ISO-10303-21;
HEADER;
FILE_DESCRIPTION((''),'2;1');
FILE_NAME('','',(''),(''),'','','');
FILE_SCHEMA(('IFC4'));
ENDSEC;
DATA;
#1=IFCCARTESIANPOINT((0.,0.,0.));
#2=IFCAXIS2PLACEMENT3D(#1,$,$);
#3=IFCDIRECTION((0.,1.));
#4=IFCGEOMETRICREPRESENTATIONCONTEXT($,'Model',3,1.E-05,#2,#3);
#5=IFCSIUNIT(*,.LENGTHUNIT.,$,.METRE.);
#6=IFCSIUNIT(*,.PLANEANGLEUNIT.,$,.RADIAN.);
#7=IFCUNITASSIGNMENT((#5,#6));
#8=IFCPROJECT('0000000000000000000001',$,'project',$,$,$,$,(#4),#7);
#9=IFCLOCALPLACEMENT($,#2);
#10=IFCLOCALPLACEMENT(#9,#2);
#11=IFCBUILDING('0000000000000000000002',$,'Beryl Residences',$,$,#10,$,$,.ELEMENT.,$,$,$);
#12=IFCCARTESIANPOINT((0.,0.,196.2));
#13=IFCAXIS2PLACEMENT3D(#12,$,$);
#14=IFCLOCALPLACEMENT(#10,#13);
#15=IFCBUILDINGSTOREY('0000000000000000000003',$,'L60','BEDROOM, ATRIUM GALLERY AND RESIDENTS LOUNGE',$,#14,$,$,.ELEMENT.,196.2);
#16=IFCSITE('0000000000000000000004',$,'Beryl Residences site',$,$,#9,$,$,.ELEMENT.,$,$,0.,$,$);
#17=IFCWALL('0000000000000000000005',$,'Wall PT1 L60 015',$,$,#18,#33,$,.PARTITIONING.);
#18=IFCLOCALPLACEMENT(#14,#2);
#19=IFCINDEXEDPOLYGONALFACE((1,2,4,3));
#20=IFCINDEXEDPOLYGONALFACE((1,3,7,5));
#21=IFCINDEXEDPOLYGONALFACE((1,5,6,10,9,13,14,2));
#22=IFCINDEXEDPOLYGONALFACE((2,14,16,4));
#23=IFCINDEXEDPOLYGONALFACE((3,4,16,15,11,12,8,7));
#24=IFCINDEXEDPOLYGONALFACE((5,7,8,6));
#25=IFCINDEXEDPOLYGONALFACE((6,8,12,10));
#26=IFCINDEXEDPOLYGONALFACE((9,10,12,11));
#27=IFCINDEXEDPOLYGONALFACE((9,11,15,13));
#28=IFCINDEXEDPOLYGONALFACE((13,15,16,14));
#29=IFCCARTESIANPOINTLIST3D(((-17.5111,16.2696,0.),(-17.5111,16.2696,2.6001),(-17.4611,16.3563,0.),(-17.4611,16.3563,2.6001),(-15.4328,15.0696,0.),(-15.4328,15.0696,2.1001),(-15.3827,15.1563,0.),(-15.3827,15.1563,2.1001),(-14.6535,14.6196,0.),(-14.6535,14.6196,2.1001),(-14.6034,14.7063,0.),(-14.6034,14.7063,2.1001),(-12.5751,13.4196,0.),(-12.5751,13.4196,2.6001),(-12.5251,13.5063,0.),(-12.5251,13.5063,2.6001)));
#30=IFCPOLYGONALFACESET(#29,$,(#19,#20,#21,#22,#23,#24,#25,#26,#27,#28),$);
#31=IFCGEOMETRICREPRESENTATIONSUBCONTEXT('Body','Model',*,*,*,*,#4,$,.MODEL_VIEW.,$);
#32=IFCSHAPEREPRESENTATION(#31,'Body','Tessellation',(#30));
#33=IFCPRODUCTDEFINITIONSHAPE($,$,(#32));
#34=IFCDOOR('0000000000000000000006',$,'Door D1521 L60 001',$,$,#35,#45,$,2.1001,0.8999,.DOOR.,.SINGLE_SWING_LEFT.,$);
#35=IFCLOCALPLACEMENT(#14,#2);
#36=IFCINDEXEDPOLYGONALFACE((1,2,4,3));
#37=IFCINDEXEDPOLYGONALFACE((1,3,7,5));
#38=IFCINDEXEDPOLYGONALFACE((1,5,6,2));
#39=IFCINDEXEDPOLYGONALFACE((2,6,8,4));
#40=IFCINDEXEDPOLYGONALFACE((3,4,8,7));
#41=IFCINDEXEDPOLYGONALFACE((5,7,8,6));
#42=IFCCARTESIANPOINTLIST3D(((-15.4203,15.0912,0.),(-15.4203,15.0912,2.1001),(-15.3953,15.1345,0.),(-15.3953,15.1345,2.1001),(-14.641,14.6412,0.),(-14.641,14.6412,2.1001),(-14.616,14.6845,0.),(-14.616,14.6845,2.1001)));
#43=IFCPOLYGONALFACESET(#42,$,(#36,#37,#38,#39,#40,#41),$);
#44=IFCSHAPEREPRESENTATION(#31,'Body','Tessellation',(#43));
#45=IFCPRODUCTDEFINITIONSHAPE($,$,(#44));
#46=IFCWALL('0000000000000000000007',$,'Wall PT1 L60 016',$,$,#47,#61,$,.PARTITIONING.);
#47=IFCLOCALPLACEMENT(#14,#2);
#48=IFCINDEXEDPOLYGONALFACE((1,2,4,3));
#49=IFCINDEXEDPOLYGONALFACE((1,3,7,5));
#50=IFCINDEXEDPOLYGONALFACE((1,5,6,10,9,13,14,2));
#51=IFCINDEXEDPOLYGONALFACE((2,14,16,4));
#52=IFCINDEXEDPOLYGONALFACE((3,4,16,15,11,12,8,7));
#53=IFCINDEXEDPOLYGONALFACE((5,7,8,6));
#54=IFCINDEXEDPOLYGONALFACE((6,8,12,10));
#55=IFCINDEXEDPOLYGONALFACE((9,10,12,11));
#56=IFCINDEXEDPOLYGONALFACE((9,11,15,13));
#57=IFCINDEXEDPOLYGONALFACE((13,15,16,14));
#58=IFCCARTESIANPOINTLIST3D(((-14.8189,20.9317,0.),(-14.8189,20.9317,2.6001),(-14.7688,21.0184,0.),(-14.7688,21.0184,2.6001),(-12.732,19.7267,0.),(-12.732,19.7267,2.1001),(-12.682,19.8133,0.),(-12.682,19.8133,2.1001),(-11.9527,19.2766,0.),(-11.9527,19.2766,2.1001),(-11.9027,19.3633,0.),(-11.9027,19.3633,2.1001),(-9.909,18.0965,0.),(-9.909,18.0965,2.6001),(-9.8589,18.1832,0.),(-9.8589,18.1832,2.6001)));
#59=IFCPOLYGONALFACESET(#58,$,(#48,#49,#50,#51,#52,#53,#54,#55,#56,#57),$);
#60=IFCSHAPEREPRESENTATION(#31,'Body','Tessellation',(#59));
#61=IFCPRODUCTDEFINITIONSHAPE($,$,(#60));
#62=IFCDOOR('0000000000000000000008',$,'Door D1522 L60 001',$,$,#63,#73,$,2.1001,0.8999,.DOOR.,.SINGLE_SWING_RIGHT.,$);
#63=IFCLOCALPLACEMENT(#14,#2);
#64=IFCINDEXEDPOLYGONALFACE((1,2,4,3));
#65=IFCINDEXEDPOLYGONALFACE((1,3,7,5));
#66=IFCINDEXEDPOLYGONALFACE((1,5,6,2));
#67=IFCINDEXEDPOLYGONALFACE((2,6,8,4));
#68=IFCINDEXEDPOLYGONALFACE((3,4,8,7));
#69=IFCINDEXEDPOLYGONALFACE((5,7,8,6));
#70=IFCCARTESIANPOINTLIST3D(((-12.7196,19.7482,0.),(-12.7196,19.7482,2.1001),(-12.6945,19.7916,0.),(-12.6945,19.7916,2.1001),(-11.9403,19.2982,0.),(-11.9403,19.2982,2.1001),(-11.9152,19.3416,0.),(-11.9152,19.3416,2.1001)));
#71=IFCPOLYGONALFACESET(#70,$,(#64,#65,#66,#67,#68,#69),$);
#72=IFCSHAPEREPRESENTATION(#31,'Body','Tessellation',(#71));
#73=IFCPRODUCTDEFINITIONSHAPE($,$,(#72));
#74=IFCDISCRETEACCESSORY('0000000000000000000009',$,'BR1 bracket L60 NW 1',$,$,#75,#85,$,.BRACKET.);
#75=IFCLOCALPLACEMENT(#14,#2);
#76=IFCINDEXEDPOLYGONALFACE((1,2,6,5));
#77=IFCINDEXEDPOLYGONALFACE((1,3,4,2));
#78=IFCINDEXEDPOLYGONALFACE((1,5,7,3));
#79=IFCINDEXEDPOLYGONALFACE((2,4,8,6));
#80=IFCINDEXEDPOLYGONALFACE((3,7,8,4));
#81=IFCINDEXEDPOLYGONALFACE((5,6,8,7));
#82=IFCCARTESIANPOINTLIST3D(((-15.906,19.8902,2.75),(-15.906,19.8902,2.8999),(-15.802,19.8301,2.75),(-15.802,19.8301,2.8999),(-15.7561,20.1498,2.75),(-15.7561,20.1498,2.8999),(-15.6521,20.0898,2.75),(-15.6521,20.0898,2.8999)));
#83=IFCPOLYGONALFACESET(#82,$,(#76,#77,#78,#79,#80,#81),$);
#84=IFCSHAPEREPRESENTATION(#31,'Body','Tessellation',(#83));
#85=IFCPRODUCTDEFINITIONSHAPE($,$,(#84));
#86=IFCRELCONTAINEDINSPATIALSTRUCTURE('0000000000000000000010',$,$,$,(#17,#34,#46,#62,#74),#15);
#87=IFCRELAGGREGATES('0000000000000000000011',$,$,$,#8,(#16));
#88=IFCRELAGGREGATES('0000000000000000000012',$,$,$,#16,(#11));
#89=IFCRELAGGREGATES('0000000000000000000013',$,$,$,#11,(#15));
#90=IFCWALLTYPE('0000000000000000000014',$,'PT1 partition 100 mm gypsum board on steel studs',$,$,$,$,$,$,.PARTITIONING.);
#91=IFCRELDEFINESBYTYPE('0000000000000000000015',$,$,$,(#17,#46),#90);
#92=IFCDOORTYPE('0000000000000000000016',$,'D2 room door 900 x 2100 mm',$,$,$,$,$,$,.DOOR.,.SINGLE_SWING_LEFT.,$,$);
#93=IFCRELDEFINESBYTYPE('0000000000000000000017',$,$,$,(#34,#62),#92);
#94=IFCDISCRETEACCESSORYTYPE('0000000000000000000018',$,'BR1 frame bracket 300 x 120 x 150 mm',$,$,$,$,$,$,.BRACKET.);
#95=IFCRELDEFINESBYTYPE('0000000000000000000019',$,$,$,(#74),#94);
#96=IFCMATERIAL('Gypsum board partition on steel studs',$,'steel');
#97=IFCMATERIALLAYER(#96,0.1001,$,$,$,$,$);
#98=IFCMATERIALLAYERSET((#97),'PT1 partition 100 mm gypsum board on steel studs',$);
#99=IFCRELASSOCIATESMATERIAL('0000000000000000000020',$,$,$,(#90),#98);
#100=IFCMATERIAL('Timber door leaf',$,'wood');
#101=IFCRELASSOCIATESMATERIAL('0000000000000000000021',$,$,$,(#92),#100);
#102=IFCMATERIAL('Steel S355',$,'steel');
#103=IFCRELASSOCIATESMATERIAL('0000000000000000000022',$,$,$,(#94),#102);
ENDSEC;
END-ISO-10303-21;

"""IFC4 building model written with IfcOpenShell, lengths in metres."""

from ifc_helpers import new_model, si_unit, direction, frame, frame_2d, origin, place, context, subcontext, project, spatial, polyline, rectangle, outline, extrude, source, transform, mapped, material, layer, layer_set, type_object, type_shapes, element, fill, save


model = new_model("IFC4")

# Units and contexts
model_context = context("Model", 3, precision=1e-05, world=origin(), true_north=direction((0.0, 1.0)))
body_context = subcontext(model_context, "Body", "Model", "MODEL_VIEW")
ifc_project = project(units=[si_unit("LENGTHUNIT", "METRE"), si_unit("PLANEANGLEUNIT", "RADIAN")], contexts=[model_context])

# Site, building, storey
site_placement = place(None, origin())
site = spatial("IfcSite", under=ifc_project, at=site_placement, Name="Beryl Residences site", CompositionType="ELEMENT", RefElevation=0.0)
building_placement = place(site_placement, origin())
building = spatial("IfcBuilding", under=site, at=building_placement, Name="Beryl Residences", CompositionType="ELEMENT")
storey_placement = place(building_placement, frame((0.0, 0.0, 196.2)))
storey = spatial("IfcBuildingStorey", under=building, at=storey_placement, Name="L60", Description="BEDROOM, ATRIUM GALLERY AND RESIDENTS LOUNGE", CompositionType="ELEMENT", Elevation=196.2)

# Walls, openings, doors
ifc_material_1 = material(Name="Gypsum board partition on steel studs", Category="steel")
ifc_layer_1 = layer(ifc_material_1, 0.1001)
ifc_layer_set_1 = layer_set([ifc_layer_1], Name="PT1 partition 100 mm gypsum board on steel studs")
wall_type_1 = type_object("IfcWallType", Name="PT1 partition 100 mm gypsum board on steel studs", PredefinedType="PARTITIONING", material=ifc_layer_set_1)
wall_1_placement = place(storey_placement, frame((-17.4861, 16.313, 0.0), z_axis=(0.0, 0.0, 1.0), x_axis=(0.866004, -0.500036, 0.0)))
wall_1 = element("IfcWall", 1, at=wall_1_placement, inside=storey, type_object=wall_type_1, Name="Wall PT1 L60 015", PredefinedType="PARTITIONING", context=body_context, shape_type="SweptSolid", body=[
    extrude(rectangle(XDim=5.6997, YDim=0.1001, at=frame_2d((2.8499, 0.0))), origin(), (0.0, 0.0, 1.0), 2.6001),
])
opening_1_placement = place(wall_1_placement, frame((2.3999, 0.0, 0.0)))
opening_1 = element("IfcOpeningElement", 2, at=opening_1_placement, cuts=wall_1, PredefinedType="OPENING", context=body_context, shape_type="SweptSolid", body=[
    extrude(rectangle(XDim=0.8999, YDim=2.1001, at=frame_2d((0.45, 1.05))), frame((0.0, 0.0601, 0.0), z_axis=(0.0, -1.0, 0.0), x_axis=(1.0, 0.0, 0.0)), (0.0, 0.0, 1.0), 0.1201),
])
ifc_material_2 = material(Name="Timber door leaf", Category="wood")
door_type = type_object("IfcDoorType", Name="D2 room door 900 x 2100 mm", OperationType="SINGLE_SWING_LEFT", PredefinedType="DOOR", material=ifc_material_2)
door_1_placement = place(opening_1_placement, origin())
door_1 = element("IfcDoor", 3, at=door_1_placement, inside=storey, type_object=door_type, Name="Door D1521 L60 001", OperationType="SINGLE_SWING_LEFT", OverallHeight=2.1001, OverallWidth=0.8999, PredefinedType="DOOR", context=body_context, shape_type="SweptSolid", body=[
    extrude(rectangle(XDim=0.8999, YDim=2.1001, at=frame_2d((0.45, 1.05))), frame((0.0, 0.0249, 0.0), z_axis=(0.0, -1.0, 0.0), x_axis=(1.0, 0.0, 0.0)), (0.0, 0.0, 1.0), 0.05),
])
fill(opening_1, door_1)
wall_2_placement = place(storey_placement, frame((-14.7939, 20.9751, 0.0), z_axis=(0.0, 0.0, 1.0), x_axis=(0.86599, -0.500062, 0.0)))
wall_2 = element("IfcWall", 4, at=wall_2_placement, inside=storey, type_object=wall_type_1, Name="Wall PT1 L60 016", PredefinedType="PARTITIONING", context=body_context, shape_type="SweptSolid", body=[
    extrude(rectangle(XDim=5.6697, YDim=0.1001, at=frame_2d((2.835, 0.0))), origin(), (0.0, 0.0, 1.0), 2.6001),
])
opening_2_placement = place(wall_2_placement, frame((2.4099, 0.0, 0.0)))
opening_2 = element("IfcOpeningElement", 5, at=opening_2_placement, cuts=wall_2, PredefinedType="OPENING", context=body_context, shape_type="SweptSolid", body=[
    extrude(rectangle(XDim=0.8999, YDim=2.1001, at=frame_2d((0.45, 1.05))), frame((0.0, 0.0601, 0.0), z_axis=(0.0, -1.0, 0.0), x_axis=(1.0, 0.0, 0.0)), (0.0, 0.0, 1.0), 0.1201),
])
door_2_placement = place(opening_2_placement, origin())
door_2 = element("IfcDoor", 6, at=door_2_placement, inside=storey, type_object=door_type, Name="Door D1522 L60 001", OperationType="SINGLE_SWING_RIGHT", OverallHeight=2.1001, OverallWidth=0.8999, PredefinedType="DOOR", context=body_context, shape_type="SweptSolid", body=[
    extrude(rectangle(XDim=0.8999, YDim=2.1001, at=frame_2d((0.45, 1.05))), frame((0.0, 0.0249, 0.0), z_axis=(0.0, -1.0, 0.0), x_axis=(1.0, 0.0, 0.0)), (0.0, 0.0, 1.0), 0.05),
])
fill(opening_2, door_2)

# Discrete accessory
ifc_material_3 = material(Name="Steel S355", Category="steel")
discrete_accessory_type = type_object("IfcDiscreteAccessoryType", Name="BR1 frame bracket 300 x 120 x 150 mm", PredefinedType="BRACKET", material=ifc_material_3)
shared_shape_1 = source(origin(), body_context, "Body", "SweptSolid", [
    extrude(outline(polyline([(-0.1499, 0.0), (0.1499, 0.0), (0.1499, 0.1201), (-0.1499, 0.1201), (-0.1499, 0.0)])), origin(), (0.0, 0.0, 1.0), 0.1499),
])
type_shapes(discrete_accessory_type, [shared_shape_1])
discrete_accessory_placement = place(storey_placement, frame((-15.7271, 19.96, 2.75), z_axis=(0.0, 0.0, 1.0), x_axis=(0.5, 0.866025, 0.0)))
element("IfcDiscreteAccessory", 7, at=discrete_accessory_placement, inside=storey, type_object=discrete_accessory_type, Name="BR1 bracket L60 NW 1", PredefinedType="BRACKET", context=body_context, shape_type="MappedRepresentation", body=[
    mapped(shared_shape_1, transform((0.0, 0.0, 0.0))),
])

save(model, "model.ifc")
